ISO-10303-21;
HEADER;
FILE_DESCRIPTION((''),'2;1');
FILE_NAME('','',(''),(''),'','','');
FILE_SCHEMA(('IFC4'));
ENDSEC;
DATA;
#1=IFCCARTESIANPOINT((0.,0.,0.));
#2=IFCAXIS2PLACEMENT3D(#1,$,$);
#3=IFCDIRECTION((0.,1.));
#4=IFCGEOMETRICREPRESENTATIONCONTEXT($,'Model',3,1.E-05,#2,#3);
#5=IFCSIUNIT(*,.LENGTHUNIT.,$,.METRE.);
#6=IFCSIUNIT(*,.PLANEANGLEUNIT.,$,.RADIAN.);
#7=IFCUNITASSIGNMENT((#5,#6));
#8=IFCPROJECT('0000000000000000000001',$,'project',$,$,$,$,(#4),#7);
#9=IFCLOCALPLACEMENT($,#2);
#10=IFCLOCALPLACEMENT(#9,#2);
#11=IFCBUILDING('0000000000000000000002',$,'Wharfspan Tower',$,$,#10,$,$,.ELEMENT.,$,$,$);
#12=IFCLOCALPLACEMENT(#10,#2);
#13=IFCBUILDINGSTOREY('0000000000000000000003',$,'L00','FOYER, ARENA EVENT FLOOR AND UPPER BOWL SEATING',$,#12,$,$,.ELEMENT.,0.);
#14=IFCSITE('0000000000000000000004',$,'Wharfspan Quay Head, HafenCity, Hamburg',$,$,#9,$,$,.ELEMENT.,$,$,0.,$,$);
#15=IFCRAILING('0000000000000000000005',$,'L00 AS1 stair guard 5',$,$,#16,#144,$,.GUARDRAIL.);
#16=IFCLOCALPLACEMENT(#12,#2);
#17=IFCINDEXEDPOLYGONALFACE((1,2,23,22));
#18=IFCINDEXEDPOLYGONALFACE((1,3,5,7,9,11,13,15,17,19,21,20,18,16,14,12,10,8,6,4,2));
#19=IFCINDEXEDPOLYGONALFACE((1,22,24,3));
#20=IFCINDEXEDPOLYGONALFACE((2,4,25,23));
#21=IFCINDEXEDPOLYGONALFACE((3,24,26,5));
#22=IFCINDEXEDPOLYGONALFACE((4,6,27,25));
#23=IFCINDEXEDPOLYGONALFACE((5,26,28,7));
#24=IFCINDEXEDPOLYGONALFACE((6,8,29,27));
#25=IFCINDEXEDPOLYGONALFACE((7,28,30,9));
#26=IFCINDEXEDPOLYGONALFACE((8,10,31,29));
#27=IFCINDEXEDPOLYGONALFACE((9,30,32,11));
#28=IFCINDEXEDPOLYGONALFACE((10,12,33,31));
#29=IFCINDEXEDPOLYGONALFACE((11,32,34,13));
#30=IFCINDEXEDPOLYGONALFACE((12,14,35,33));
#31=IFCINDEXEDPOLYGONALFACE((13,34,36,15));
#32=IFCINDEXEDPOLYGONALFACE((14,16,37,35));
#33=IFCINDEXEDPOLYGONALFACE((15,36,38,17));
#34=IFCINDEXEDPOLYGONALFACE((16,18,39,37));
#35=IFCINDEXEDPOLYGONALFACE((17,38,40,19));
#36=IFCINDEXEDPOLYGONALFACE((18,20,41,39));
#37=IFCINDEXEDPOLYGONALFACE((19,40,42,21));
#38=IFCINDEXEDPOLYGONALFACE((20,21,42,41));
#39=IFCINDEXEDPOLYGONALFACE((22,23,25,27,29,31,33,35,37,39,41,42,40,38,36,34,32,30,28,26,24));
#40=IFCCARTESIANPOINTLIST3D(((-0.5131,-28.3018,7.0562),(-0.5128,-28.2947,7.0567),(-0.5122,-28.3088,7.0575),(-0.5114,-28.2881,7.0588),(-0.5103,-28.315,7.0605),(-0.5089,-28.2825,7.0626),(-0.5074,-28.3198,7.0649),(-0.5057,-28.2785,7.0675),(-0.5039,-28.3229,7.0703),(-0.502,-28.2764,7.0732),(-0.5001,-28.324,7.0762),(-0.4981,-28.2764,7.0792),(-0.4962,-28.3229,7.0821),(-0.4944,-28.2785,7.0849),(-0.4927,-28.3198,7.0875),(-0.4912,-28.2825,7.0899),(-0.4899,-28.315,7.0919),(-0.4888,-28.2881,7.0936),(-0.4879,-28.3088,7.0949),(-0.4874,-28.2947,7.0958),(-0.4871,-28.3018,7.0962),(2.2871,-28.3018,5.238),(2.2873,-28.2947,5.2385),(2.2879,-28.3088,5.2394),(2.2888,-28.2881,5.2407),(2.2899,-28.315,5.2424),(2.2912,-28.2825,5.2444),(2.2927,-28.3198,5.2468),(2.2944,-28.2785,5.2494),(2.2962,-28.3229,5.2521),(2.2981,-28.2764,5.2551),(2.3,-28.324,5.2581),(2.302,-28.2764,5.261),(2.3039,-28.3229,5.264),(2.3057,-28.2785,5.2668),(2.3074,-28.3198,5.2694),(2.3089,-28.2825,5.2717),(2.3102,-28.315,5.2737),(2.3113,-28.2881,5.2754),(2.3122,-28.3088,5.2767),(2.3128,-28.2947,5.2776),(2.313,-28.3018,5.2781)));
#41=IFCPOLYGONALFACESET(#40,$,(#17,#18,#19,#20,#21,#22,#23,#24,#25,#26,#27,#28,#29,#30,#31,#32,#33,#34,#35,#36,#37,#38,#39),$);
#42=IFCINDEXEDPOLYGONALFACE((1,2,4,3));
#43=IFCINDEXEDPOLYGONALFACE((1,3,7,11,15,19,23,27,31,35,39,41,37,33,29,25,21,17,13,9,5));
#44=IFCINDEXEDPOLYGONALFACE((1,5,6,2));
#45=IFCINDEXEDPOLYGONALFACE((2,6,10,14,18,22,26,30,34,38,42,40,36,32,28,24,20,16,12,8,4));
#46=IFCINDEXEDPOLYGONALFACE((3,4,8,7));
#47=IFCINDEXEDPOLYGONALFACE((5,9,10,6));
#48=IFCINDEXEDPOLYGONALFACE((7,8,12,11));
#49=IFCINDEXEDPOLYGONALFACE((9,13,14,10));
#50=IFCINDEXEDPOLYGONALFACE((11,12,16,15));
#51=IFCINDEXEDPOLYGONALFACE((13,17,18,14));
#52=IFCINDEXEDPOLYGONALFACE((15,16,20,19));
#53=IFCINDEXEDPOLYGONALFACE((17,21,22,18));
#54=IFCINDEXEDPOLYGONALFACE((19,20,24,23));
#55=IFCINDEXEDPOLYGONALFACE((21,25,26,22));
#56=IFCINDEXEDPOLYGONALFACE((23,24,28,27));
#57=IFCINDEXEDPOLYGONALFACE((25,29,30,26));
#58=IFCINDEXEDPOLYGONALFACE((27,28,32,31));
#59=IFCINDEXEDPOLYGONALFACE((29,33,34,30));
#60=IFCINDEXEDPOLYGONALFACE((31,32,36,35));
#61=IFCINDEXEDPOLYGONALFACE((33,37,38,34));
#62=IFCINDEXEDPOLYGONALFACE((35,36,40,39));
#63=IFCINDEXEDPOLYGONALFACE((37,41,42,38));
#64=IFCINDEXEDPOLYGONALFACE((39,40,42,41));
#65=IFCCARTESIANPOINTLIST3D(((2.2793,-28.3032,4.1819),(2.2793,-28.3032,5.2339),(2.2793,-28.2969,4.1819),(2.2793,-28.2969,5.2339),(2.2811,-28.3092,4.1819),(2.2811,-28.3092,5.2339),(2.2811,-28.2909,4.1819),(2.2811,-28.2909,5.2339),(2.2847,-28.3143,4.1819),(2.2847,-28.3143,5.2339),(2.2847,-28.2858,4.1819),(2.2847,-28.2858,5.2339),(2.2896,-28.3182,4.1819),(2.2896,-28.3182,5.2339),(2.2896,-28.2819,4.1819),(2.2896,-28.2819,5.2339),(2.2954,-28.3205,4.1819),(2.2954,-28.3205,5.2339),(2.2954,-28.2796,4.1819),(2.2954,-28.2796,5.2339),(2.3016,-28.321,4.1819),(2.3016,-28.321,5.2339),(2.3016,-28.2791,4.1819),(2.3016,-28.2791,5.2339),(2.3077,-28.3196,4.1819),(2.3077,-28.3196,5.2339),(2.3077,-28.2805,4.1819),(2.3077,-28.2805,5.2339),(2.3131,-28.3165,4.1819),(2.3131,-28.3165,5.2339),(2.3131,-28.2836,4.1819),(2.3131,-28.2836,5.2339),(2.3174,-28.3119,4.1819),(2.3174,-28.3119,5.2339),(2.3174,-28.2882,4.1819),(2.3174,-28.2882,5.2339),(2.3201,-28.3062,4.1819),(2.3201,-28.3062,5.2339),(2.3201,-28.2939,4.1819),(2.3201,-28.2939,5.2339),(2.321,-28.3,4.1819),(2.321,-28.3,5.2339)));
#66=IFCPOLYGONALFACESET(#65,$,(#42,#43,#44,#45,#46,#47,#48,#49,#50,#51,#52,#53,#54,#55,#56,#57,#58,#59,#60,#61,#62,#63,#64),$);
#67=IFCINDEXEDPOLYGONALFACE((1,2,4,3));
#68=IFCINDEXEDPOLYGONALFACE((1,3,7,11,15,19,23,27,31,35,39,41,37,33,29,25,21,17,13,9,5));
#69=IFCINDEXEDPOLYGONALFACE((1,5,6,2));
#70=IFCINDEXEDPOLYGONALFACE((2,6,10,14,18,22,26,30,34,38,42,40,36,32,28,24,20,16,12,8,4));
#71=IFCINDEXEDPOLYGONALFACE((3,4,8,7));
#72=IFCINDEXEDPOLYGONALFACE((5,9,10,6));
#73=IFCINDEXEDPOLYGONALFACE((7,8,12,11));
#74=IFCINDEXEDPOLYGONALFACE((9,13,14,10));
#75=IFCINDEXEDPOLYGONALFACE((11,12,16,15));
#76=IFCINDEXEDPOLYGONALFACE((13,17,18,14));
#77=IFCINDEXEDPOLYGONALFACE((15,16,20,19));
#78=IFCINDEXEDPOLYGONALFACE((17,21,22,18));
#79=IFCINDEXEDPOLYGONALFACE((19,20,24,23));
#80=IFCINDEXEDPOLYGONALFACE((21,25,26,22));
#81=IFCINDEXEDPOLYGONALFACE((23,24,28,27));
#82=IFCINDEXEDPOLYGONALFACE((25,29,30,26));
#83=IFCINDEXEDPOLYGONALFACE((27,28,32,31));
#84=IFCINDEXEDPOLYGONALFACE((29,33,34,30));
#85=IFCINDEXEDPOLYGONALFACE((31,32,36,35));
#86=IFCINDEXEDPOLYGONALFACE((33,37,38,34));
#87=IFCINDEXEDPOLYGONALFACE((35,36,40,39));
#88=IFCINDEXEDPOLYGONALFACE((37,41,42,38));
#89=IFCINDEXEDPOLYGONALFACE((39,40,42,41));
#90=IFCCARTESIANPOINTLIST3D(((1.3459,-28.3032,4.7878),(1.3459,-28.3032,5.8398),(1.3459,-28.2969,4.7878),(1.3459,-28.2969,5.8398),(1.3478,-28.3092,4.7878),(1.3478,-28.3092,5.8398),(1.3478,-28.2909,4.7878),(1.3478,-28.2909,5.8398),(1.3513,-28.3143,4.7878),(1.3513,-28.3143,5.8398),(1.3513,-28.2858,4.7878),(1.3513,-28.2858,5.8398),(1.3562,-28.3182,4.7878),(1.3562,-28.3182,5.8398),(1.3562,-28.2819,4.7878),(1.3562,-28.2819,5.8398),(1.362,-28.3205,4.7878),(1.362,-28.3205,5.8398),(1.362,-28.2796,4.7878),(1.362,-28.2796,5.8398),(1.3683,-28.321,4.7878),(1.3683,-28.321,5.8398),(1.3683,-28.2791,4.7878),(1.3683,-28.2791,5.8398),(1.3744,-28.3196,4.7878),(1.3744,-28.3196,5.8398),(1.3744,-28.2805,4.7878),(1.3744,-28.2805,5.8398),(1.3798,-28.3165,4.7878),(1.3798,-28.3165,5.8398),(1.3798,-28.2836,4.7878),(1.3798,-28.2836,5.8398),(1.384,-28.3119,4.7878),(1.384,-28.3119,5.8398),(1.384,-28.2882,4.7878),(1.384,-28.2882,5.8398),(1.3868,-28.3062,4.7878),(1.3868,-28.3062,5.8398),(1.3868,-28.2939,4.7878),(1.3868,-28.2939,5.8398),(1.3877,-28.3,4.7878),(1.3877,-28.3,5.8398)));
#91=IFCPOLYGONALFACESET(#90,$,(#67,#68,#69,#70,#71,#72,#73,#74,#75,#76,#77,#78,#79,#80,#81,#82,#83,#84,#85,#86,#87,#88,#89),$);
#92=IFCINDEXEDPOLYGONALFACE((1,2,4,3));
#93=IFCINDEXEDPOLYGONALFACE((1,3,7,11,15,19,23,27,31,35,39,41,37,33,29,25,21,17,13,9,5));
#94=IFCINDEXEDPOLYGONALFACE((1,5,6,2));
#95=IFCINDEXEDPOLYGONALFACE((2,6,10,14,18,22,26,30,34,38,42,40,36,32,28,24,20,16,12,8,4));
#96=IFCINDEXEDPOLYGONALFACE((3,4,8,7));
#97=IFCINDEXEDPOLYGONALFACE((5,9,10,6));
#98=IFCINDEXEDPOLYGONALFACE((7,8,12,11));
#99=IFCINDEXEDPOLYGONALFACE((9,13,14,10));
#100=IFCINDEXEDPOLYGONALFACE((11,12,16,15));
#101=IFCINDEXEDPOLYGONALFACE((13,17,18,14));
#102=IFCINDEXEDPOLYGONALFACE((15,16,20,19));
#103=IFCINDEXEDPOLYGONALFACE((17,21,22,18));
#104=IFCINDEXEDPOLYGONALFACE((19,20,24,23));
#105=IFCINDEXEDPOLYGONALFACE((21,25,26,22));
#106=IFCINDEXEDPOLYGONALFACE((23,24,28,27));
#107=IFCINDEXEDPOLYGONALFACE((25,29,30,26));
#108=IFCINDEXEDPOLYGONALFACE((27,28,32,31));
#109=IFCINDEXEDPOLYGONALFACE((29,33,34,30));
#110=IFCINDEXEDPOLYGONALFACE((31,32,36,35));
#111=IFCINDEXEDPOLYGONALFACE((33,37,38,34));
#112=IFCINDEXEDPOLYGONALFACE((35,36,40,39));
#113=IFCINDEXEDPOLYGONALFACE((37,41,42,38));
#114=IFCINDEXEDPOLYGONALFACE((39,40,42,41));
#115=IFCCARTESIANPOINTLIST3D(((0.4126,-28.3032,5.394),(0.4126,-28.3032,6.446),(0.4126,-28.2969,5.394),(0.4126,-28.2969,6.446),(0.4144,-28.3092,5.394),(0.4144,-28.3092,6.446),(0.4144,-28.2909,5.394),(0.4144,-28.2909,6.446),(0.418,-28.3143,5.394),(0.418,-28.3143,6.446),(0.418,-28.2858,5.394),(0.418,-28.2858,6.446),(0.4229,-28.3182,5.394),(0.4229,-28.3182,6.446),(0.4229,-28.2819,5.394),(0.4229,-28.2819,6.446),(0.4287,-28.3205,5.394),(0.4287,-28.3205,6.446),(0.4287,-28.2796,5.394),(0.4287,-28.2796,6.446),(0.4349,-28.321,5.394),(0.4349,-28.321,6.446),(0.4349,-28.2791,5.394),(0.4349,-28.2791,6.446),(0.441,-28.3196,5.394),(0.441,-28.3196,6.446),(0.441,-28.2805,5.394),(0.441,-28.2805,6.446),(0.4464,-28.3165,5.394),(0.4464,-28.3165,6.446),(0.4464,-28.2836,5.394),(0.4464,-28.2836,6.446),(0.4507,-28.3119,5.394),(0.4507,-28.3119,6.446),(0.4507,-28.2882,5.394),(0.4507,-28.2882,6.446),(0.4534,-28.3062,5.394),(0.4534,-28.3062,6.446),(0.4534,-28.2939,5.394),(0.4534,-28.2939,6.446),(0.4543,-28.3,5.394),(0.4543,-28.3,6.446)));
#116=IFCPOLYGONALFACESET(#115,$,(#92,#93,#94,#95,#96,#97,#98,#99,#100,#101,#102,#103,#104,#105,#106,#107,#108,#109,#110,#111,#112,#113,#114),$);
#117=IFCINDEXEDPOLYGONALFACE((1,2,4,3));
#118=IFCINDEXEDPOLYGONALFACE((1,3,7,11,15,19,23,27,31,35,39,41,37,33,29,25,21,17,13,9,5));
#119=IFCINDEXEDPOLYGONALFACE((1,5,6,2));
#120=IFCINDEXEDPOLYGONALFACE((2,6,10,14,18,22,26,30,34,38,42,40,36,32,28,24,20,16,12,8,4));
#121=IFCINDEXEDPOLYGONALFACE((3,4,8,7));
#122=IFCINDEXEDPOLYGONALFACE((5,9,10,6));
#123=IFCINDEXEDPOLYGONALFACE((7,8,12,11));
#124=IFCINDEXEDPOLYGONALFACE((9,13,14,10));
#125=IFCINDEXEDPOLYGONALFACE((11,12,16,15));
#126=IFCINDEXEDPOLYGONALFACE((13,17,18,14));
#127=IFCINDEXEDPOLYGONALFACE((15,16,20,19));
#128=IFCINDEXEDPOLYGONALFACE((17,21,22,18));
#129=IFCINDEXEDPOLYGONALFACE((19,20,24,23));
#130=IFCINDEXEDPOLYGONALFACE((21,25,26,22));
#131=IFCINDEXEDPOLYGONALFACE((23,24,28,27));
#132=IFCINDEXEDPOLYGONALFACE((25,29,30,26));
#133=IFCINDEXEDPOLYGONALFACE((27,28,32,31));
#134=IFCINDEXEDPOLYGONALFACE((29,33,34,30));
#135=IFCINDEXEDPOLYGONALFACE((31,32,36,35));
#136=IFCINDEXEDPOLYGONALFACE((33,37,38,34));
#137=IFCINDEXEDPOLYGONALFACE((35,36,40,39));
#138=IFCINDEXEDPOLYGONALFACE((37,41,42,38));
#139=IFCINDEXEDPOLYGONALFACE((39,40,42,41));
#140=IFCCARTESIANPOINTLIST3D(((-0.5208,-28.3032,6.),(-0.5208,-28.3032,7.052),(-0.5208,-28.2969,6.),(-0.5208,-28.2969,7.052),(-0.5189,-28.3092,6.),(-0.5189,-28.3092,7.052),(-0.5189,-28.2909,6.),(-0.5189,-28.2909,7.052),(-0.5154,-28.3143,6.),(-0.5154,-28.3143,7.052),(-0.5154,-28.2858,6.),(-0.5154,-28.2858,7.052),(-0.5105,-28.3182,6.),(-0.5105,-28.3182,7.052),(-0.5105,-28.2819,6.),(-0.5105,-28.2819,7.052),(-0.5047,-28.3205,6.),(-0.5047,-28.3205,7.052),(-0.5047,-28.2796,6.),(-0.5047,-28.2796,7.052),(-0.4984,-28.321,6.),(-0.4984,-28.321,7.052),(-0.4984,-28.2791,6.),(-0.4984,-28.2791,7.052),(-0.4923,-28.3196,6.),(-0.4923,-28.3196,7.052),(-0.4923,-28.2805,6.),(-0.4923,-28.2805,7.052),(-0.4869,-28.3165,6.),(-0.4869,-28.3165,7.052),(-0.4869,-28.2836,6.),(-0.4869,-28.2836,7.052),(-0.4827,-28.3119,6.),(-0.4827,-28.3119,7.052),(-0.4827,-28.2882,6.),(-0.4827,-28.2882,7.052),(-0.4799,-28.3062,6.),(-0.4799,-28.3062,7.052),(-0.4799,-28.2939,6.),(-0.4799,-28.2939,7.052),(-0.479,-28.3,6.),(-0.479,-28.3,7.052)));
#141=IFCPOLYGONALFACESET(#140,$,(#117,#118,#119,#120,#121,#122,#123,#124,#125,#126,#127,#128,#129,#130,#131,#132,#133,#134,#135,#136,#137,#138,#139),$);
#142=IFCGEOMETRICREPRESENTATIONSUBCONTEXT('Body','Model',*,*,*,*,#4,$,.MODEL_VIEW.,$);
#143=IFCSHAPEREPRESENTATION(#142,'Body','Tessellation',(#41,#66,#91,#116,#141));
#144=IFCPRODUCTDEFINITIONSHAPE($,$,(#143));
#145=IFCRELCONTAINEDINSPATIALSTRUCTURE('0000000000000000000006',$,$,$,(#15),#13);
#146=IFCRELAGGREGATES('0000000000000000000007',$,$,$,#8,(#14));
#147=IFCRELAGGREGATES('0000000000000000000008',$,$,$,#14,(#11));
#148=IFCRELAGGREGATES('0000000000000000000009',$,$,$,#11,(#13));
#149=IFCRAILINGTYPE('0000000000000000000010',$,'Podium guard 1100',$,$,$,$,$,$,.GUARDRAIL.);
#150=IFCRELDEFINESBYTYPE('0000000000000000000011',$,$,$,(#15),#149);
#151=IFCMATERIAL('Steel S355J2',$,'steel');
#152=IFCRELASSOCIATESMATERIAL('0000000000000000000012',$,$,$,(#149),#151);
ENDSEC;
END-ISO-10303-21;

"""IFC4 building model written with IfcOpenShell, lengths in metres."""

from ifc_helpers import new_model, si_unit, direction, frame, origin, origin_2d, place, context, subcontext, project, spatial, circle, extrude, material, type_object, element, save


model = new_model("IFC4")

# Units and contexts
model_context = context("Model", 3, precision=1e-05, world=origin(), true_north=direction((0.0, 1.0)))
body_context = subcontext(model_context, "Body", "Model", "MODEL_VIEW")
ifc_project = project(units=[si_unit("LENGTHUNIT", "METRE"), si_unit("PLANEANGLEUNIT", "RADIAN")], contexts=[model_context])

# Site, building, storey
site_placement = place(None, origin())
site = spatial("IfcSite", under=ifc_project, at=site_placement, Name="Wharfspan Quay Head, HafenCity, Hamburg", CompositionType="ELEMENT", RefElevation=0.0)
building_placement = place(site_placement, origin())
building = spatial("IfcBuilding", under=site, at=building_placement, Name="Wharfspan Tower", CompositionType="ELEMENT")
storey_placement = place(building_placement, origin())
storey = spatial("IfcBuildingStorey", under=building, at=storey_placement, Name="L00", Description="FOYER, ARENA EVENT FLOOR AND UPPER BOWL SEATING", CompositionType="ELEMENT", Elevation=0.0)

# Shared definitions
ifc_material_1 = material(Name="Steel S355J2", Category="steel")

# Railing
railing_type_1 = type_object("IfcRailingType", Name="Podium guard 1100", PredefinedType="GUARDRAIL", material=ifc_material_1)
railing_1_placement = place(storey_placement, frame((2.3, -28.3, 4.1819)))
element("IfcRailing", 1, at=railing_1_placement, inside=storey, type_object=railing_type_1, Name="L00 AS1 stair guard 5", PredefinedType="GUARDRAIL", context=body_context, shape_type="SweptSolid", body=[
    extrude(circle(Radius=0.0239, at=origin_2d()), frame((0.0, 0.0, 1.0762), z_axis=(-0.838706, 0.0, 0.544585), x_axis=(0.0, -1.0, 0.0)), (0.0, 0.0, 1.0), 3.3386),
    extrude(circle(Radius=0.021, at=origin_2d()), origin(), (0.0, 0.0, 1.0), 1.052),
    extrude(circle(Radius=0.021, at=origin_2d()), frame((-0.9334, 0.0, 0.606)), (0.0, 0.0, 1.0), 1.052),
    extrude(circle(Radius=0.021, at=origin_2d()), frame((-1.8667, 0.0, 1.2122)), (0.0, 0.0, 1.0), 1.052),
    extrude(circle(Radius=0.021, at=origin_2d()), frame((-2.8, 0.0, 1.8181)), (0.0, 0.0, 1.0), 1.052),
])

save(model, "model.ifc")
